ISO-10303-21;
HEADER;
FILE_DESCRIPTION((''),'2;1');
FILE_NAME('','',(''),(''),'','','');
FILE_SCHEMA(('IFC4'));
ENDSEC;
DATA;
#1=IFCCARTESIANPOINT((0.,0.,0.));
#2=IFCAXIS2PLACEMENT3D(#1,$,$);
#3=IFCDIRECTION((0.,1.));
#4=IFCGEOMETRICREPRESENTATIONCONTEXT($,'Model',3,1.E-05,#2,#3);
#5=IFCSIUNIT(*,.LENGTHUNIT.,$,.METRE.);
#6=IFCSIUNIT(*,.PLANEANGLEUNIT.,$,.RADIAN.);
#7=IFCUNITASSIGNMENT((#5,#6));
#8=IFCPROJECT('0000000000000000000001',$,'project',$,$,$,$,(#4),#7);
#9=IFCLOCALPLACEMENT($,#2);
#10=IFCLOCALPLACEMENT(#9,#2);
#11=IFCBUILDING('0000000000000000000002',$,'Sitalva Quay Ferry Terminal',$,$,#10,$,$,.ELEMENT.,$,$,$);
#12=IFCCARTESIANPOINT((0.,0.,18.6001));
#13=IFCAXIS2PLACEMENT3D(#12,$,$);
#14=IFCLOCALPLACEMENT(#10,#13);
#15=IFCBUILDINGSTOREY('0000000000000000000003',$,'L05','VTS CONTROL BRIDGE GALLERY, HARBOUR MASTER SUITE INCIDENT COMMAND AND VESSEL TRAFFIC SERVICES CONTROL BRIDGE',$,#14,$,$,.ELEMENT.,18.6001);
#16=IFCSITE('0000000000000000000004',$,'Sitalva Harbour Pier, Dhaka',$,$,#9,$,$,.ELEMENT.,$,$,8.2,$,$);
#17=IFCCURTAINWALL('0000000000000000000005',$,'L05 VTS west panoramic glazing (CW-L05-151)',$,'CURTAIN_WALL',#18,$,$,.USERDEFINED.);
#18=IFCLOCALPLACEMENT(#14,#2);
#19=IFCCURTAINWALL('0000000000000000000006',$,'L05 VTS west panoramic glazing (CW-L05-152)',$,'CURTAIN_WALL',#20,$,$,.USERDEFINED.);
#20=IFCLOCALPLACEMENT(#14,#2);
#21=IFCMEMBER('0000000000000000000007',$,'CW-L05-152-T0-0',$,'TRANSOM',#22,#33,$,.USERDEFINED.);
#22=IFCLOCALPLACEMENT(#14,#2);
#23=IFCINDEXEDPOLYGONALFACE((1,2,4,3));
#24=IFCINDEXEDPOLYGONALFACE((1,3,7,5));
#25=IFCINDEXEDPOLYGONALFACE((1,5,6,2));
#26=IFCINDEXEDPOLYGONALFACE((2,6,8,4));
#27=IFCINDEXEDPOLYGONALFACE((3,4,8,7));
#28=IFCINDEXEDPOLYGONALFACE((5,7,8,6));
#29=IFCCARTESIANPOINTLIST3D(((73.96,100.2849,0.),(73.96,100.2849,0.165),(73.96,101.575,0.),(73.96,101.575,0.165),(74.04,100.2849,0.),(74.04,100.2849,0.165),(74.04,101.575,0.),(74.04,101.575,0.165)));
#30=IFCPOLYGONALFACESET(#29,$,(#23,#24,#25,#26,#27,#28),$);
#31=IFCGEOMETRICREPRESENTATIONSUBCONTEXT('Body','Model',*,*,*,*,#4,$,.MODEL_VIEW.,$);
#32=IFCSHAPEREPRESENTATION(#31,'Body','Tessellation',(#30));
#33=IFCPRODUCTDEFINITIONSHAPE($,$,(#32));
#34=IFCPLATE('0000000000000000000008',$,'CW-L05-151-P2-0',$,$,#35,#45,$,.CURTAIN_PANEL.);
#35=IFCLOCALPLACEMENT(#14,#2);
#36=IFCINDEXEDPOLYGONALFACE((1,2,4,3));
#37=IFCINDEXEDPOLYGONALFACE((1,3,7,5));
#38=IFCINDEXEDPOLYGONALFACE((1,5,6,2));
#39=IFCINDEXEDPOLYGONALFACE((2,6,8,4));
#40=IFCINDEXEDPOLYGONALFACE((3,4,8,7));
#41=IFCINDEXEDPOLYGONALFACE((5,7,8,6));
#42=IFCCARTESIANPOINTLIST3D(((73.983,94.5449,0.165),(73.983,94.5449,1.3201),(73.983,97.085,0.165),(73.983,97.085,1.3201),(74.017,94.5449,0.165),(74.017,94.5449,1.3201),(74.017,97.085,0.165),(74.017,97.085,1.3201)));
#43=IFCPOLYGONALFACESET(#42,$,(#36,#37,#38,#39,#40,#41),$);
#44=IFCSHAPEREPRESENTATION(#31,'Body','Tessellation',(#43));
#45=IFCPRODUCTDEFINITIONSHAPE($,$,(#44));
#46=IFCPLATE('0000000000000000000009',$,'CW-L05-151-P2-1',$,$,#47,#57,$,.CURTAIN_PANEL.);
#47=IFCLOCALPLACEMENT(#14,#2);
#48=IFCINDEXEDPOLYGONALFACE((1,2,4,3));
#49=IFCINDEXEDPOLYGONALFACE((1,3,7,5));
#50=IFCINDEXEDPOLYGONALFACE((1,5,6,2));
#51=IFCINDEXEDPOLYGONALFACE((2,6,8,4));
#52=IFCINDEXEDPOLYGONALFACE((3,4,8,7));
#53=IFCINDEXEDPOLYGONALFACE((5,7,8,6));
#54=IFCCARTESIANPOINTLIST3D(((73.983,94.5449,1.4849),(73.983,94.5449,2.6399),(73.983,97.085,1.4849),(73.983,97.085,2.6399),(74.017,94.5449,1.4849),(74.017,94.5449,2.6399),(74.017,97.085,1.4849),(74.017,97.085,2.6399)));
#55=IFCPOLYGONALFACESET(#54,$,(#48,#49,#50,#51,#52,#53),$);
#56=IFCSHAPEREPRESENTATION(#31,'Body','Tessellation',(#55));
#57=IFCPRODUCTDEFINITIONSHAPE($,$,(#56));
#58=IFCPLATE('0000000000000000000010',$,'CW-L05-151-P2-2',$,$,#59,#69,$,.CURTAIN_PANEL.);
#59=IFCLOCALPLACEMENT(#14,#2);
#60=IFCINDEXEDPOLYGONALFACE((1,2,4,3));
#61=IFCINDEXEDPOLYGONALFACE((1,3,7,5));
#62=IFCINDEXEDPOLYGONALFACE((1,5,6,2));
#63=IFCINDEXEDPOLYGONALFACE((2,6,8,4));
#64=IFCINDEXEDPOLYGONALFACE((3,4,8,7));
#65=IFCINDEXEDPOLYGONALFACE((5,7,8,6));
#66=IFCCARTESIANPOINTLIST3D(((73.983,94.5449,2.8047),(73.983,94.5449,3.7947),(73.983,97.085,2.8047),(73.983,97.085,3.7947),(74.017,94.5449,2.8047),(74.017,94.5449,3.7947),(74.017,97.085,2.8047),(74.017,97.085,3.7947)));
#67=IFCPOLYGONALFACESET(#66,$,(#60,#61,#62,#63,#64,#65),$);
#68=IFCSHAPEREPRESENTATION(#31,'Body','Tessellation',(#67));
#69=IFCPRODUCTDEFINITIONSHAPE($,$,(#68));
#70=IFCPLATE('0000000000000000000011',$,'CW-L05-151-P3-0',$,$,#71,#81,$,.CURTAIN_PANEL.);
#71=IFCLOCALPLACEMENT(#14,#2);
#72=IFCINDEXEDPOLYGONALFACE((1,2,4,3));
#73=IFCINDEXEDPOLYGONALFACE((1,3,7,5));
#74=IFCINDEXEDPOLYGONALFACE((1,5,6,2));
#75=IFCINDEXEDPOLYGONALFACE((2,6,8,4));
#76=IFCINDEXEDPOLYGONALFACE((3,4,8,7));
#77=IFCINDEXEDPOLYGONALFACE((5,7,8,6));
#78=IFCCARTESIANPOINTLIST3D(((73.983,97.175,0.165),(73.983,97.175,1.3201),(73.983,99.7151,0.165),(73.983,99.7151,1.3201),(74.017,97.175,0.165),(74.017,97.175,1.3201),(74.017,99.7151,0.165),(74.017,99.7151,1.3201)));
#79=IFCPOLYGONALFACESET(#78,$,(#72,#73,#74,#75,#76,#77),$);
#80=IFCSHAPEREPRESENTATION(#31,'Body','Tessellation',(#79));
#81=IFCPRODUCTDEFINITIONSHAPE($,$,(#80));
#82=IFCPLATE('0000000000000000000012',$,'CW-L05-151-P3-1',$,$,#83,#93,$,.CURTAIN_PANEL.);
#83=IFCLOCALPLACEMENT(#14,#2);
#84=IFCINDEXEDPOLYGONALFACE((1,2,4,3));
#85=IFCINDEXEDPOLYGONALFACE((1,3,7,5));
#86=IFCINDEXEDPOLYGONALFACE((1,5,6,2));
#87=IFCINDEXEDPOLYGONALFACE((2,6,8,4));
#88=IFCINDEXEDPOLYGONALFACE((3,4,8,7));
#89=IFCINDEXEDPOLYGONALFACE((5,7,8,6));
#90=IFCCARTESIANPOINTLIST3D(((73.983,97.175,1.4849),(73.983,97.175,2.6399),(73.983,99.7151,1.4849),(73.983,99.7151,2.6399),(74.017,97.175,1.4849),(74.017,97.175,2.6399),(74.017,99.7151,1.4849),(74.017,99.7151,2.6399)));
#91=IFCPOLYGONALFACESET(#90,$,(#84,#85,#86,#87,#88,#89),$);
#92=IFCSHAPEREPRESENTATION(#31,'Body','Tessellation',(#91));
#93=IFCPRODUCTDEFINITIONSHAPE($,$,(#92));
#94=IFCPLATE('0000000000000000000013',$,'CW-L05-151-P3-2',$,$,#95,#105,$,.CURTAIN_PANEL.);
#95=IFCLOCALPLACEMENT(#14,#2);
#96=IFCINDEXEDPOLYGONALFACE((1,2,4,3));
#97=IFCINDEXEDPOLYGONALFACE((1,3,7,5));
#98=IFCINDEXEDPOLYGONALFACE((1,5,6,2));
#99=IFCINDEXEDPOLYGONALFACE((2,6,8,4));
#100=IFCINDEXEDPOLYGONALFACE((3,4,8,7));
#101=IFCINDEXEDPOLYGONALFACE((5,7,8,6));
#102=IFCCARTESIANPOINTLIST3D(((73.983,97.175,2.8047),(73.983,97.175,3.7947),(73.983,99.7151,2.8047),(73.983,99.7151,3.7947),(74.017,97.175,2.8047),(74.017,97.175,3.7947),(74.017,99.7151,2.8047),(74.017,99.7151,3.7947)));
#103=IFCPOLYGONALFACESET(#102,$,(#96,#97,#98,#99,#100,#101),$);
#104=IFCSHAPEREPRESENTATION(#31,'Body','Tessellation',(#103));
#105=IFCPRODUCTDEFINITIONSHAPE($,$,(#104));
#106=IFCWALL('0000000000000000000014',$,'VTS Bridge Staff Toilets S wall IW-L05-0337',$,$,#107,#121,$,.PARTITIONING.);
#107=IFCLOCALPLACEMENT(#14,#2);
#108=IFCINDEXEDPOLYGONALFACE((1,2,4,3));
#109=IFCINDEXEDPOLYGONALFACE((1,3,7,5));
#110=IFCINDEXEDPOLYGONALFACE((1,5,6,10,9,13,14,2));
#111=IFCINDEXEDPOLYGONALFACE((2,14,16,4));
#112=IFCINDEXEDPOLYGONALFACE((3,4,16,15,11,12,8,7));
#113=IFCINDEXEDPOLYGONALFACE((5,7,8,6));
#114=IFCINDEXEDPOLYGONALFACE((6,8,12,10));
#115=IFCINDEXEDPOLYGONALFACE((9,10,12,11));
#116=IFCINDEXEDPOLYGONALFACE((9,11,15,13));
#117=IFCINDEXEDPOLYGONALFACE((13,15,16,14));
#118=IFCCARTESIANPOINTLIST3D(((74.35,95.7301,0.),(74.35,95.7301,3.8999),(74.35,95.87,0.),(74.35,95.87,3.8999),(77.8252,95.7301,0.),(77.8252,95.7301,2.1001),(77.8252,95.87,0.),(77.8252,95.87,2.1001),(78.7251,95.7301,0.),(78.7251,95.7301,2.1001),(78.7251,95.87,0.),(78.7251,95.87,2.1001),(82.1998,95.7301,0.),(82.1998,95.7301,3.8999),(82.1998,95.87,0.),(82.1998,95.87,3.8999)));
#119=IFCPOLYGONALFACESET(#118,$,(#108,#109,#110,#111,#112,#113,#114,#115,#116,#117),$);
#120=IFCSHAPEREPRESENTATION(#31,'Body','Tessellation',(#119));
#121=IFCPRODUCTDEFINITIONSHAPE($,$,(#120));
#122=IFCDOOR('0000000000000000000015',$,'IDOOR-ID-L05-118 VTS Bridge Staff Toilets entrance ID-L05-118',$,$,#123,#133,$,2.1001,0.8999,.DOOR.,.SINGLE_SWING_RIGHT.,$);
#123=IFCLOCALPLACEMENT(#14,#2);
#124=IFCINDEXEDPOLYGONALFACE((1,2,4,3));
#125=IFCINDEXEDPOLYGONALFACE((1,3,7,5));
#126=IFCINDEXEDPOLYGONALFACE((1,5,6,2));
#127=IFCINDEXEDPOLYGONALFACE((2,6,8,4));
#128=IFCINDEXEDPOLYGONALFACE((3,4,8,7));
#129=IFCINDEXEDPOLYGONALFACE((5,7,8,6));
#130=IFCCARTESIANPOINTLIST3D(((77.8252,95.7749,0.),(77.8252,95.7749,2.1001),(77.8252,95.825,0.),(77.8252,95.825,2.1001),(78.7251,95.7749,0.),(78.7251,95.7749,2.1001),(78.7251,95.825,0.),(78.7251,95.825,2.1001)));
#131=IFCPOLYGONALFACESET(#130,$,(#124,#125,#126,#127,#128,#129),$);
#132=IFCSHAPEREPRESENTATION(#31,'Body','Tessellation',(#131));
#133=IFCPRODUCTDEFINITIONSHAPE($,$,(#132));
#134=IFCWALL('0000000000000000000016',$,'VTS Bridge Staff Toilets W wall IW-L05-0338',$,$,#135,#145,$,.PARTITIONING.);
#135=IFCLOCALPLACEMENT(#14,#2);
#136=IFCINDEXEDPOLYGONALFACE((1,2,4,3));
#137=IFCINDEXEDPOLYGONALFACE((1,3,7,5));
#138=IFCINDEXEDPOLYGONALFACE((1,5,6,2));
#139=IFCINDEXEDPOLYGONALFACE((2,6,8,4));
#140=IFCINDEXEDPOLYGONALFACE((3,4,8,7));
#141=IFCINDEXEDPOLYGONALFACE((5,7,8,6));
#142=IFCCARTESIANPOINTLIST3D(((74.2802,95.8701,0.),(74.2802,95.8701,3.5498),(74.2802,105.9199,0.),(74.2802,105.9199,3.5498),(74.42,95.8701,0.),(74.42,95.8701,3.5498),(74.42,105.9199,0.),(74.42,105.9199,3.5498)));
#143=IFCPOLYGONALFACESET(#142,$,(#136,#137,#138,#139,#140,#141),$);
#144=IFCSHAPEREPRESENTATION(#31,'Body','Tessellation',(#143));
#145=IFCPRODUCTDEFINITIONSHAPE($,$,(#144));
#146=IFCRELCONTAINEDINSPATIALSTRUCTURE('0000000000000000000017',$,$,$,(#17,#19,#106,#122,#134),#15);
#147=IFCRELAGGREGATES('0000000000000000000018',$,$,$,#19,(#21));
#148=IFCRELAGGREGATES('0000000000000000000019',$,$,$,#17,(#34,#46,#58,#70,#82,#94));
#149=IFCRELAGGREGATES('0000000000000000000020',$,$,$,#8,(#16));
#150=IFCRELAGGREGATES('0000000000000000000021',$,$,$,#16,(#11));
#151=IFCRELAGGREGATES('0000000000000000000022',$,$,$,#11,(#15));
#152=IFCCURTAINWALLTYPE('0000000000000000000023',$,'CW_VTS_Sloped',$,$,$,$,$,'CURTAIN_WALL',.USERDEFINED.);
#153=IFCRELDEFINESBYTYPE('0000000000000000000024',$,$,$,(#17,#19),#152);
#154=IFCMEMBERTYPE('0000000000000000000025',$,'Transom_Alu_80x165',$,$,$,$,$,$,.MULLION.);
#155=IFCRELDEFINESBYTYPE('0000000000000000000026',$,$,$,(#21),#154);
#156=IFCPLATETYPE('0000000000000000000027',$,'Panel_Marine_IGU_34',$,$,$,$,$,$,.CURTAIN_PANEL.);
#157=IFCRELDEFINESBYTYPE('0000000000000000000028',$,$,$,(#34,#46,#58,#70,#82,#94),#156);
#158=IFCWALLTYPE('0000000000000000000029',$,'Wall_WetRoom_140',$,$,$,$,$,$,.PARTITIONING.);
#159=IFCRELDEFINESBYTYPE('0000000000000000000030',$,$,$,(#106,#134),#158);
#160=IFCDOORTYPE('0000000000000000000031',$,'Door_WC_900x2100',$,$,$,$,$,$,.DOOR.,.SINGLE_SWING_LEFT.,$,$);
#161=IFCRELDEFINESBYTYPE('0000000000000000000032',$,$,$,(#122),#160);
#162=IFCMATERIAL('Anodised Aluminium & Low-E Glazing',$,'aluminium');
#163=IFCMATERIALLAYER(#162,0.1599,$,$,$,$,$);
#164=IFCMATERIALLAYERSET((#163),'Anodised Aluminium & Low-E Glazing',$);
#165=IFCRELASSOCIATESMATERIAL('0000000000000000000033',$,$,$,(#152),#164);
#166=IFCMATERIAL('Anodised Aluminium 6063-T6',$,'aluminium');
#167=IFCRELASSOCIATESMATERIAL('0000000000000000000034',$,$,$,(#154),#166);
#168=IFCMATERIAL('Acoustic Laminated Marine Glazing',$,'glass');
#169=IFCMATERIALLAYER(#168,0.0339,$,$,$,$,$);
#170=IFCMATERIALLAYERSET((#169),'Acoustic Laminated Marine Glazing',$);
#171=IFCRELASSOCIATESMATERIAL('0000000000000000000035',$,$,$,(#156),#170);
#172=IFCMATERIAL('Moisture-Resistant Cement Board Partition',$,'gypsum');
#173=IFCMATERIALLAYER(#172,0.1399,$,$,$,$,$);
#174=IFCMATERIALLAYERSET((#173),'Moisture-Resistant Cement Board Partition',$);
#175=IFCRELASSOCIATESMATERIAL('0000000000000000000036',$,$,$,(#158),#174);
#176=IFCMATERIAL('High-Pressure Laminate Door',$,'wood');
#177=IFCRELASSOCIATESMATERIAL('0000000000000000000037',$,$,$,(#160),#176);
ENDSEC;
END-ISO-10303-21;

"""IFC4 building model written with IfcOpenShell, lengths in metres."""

from ifc_helpers import new_model, si_unit, direction, frame, frame_2d, origin, origin_2d, place, context, subcontext, project, spatial, rectangle, extrude, material, layer, layer_set, material_profile, profile_set, type_object, element, fill, aggregate, save


model = new_model("IFC4")

# Units and contexts
model_context = context("Model", 3, precision=1e-05, world=origin(), true_north=direction((0.0, 1.0)))
body_context = subcontext(model_context, "Body", "Model", "MODEL_VIEW")
ifc_project = project(units=[si_unit("LENGTHUNIT", "METRE"), si_unit("PLANEANGLEUNIT", "RADIAN")], contexts=[model_context])

# Site, building, storey
site_placement = place(None, origin())
site = spatial("IfcSite", under=ifc_project, at=site_placement, Name="Sitalva Harbour Pier, Dhaka", CompositionType="ELEMENT", RefElevation=8.2)
building_placement = place(site_placement, origin())
building = spatial("IfcBuilding", under=site, at=building_placement, Name="Sitalva Quay Ferry Terminal", CompositionType="ELEMENT")
storey_placement = place(building_placement, frame((0.0, 0.0, 18.6001)))
storey = spatial("IfcBuildingStorey", under=building, at=storey_placement, Name="L05", Description="VTS CONTROL BRIDGE GALLERY, HARBOUR MASTER SUITE INCIDENT COMMAND AND VESSEL TRAFFIC SERVICES CONTROL BRIDGE", CompositionType="ELEMENT", Elevation=18.6001)

# Curtain wall
ifc_material_1 = material(Name="Anodised Aluminium & Low-E Glazing", Category="aluminium")
ifc_layer_1 = layer(ifc_material_1, 0.1599)
ifc_layer_set_1 = layer_set([ifc_layer_1], Name="Anodised Aluminium & Low-E Glazing")
curtain_wall_type = type_object("IfcCurtainWallType", Name="CW_VTS_Sloped", ElementType="CURTAIN_WALL", PredefinedType="USERDEFINED", material=ifc_layer_set_1)
curtain_wall_1_placement = place(storey_placement, origin())
curtain_wall_1 = element("IfcCurtainWall", 1, at=curtain_wall_1_placement, inside=storey, type_object=curtain_wall_type, Name="L05 VTS west panoramic glazing (CW-L05-151)", ObjectType="CURTAIN_WALL", PredefinedType="USERDEFINED")

# Curtain wall
curtain_wall_2_placement = place(storey_placement, origin())
curtain_wall_2 = element("IfcCurtainWall", 2, at=curtain_wall_2_placement, inside=storey, type_object=curtain_wall_type, Name="L05 VTS west panoramic glazing (CW-L05-152)", ObjectType="CURTAIN_WALL", PredefinedType="USERDEFINED")

# Member
ifc_material_2 = material(Name="Anodised Aluminium 6063-T6", Category="aluminium")
ifc_material_profile_1 = material_profile(ifc_material_2, rectangle(XDim=0.0801, YDim=0.165, at=origin_2d()), Name="ALU80x165")
ifc_profile_set_1 = profile_set([ifc_material_profile_1], Name="Anodised Aluminium 6063-T6")
member_type_1 = type_object("IfcMemberType", Name="Transom_Alu_80x165", PredefinedType="MULLION", material=ifc_profile_set_1)
member_1_placement = place(storey_placement, frame((74.0, 100.2849, 0.0825), z_axis=(0.0, 1.0, 0.0), x_axis=(-1.0, 0.0, 0.0)))
member_1 = element("IfcMember", 3, at=member_1_placement, type_object=member_type_1, Name="CW-L05-152-T0-0", ObjectType="TRANSOM", PredefinedType="USERDEFINED", context=body_context, shape_type="SweptSolid", body=[
    extrude(rectangle(XDim=0.0801, YDim=0.165, at=origin_2d()), origin(), (0.0, 0.0, 1.0), 1.29),
])
aggregate(curtain_wall_2, [member_1])

# Plates
ifc_material_3 = material(Name="Acoustic Laminated Marine Glazing", Category="glass")
ifc_layer_2 = layer(ifc_material_3, 0.0339)
ifc_layer_set_2 = layer_set([ifc_layer_2], Name="Acoustic Laminated Marine Glazing")
plate_type = type_object("IfcPlateType", Name="Panel_Marine_IGU_34", PredefinedType="CURTAIN_PANEL", material=ifc_layer_set_2)
plate_1_placement = place(storey_placement, frame((74.0, 95.8149, 0.165), z_axis=(0.0, 0.0, 1.0), x_axis=(0.0, 1.0, 0.0)))
plate_1 = element("IfcPlate", 4, at=plate_1_placement, type_object=plate_type, Name="CW-L05-151-P2-0", PredefinedType="CURTAIN_PANEL", context=body_context, shape_type="SweptSolid", body=[
    extrude(rectangle(XDim=2.54, YDim=0.0339, at=origin_2d()), origin(), (0.0, 0.0, 1.0), 1.155),
])
plate_2_placement = place(storey_placement, frame((74.0, 95.8149, 1.4849), z_axis=(0.0, 0.0, 1.0), x_axis=(0.0, 1.0, 0.0)))
plate_2 = element("IfcPlate", 5, at=plate_2_placement, type_object=plate_type, Name="CW-L05-151-P2-1", PredefinedType="CURTAIN_PANEL", context=body_context, shape_type="SweptSolid", body=[
    extrude(rectangle(XDim=2.54, YDim=0.0339, at=origin_2d()), origin(), (0.0, 0.0, 1.0), 1.155),
])
plate_3_placement = place(storey_placement, frame((74.0, 95.8149, 2.8047), z_axis=(0.0, 0.0, 1.0), x_axis=(0.0, 1.0, 0.0)))
plate_3 = element("IfcPlate", 6, at=plate_3_placement, type_object=plate_type, Name="CW-L05-151-P2-2", PredefinedType="CURTAIN_PANEL", context=body_context, shape_type="SweptSolid", body=[
    extrude(rectangle(XDim=2.54, YDim=0.0339, at=origin_2d()), origin(), (0.0, 0.0, 1.0), 0.99),
])
plate_4_placement = place(storey_placement, frame((74.0, 98.4451, 0.165), z_axis=(0.0, 0.0, 1.0), x_axis=(0.0, 1.0, 0.0)))
plate_4 = element("IfcPlate", 7, at=plate_4_placement, type_object=plate_type, Name="CW-L05-151-P3-0", PredefinedType="CURTAIN_PANEL", context=body_context, shape_type="SweptSolid", body=[
    extrude(rectangle(XDim=2.54, YDim=0.0339, at=origin_2d()), origin(), (0.0, 0.0, 1.0), 1.155),
])
plate_5_placement = place(storey_placement, frame((74.0, 98.4451, 1.4849), z_axis=(0.0, 0.0, 1.0), x_axis=(0.0, 1.0, 0.0)))
plate_5 = element("IfcPlate", 8, at=plate_5_placement, type_object=plate_type, Name="CW-L05-151-P3-1", PredefinedType="CURTAIN_PANEL", context=body_context, shape_type="SweptSolid", body=[
    extrude(rectangle(XDim=2.54, YDim=0.0339, at=origin_2d()), origin(), (0.0, 0.0, 1.0), 1.155),
])
plate_6_placement = place(storey_placement, frame((74.0, 98.4451, 2.8047), z_axis=(0.0, 0.0, 1.0), x_axis=(0.0, 1.0, 0.0)))
plate_6 = element("IfcPlate", 9, at=plate_6_placement, type_object=plate_type, Name="CW-L05-151-P3-2", PredefinedType="CURTAIN_PANEL", context=body_context, shape_type="SweptSolid", body=[
    extrude(rectangle(XDim=2.54, YDim=0.0339, at=origin_2d()), origin(), (0.0, 0.0, 1.0), 0.99),
])
aggregate(curtain_wall_1, [plate_1, plate_2, plate_3, plate_4, plate_5, plate_6])

# Wall, opening, door
ifc_material_4 = material(Name="Moisture-Resistant Cement Board Partition", Category="gypsum")
ifc_layer_3 = layer(ifc_material_4, 0.1399)
ifc_layer_set_3 = layer_set([ifc_layer_3], Name="Moisture-Resistant Cement Board Partition")
wall_type = type_object("IfcWallType", Name="Wall_WetRoom_140", PredefinedType="PARTITIONING", material=ifc_layer_set_3)
wall_1_placement = place(storey_placement, frame((74.3501, 95.8, 0.0), z_axis=(0.0, 0.0, 1.0), x_axis=(1.0, 0.0, 0.0)))
wall_1 = element("IfcWall", 10, at=wall_1_placement, inside=storey, type_object=wall_type, Name="VTS Bridge Staff Toilets S wall IW-L05-0337", PredefinedType="PARTITIONING", context=body_context, shape_type="SweptSolid", body=[
    extrude(rectangle(XDim=7.8499, YDim=0.1399, at=frame_2d((3.9248, 0.0))), origin(), (0.0, 0.0, 1.0), 3.8999),
])
opening_placement = place(wall_1_placement, frame((3.4751, 0.0, 0.0)))
opening = element("IfcOpeningElement", 11, at=opening_placement, cuts=wall_1, PredefinedType="OPENING", context=body_context, shape_type="SweptSolid", body=[
    extrude(rectangle(XDim=0.8999, YDim=2.1001, at=frame_2d((0.45, 1.05))), frame((0.0, 0.0798, 0.0), z_axis=(0.0, -1.0, 0.0), x_axis=(1.0, 0.0, 0.0)), (0.0, 0.0, 1.0), 0.1599),
])
ifc_material_5 = material(Name="High-Pressure Laminate Door", Category="wood")
door_type = type_object("IfcDoorType", Name="Door_WC_900x2100", OperationType="SINGLE_SWING_LEFT", PredefinedType="DOOR", material=ifc_material_5)
door_placement = place(opening_placement, origin())
door = element("IfcDoor", 12, at=door_placement, inside=storey, type_object=door_type, Name="IDOOR-ID-L05-118 VTS Bridge Staff Toilets entrance ID-L05-118", OperationType="SINGLE_SWING_RIGHT", OverallHeight=2.1001, OverallWidth=0.8999, PredefinedType="DOOR", context=body_context, shape_type="SweptSolid", body=[
    extrude(rectangle(XDim=0.8999, YDim=2.1001, at=frame_2d((0.45, 1.05))), frame((0.0, 0.0249, 0.0), z_axis=(0.0, -1.0, 0.0), x_axis=(1.0, 0.0, 0.0)), (0.0, 0.0, 1.0), 0.05),
])
fill(opening, door)

# Wall
wall_2_placement = place(storey_placement, frame((74.3501, 95.8701, 0.0), z_axis=(0.0, 0.0, 1.0), x_axis=(0.0, 1.0, 0.0)))
element("IfcWall", 13, at=wall_2_placement, inside=storey, type_object=wall_type, Name="VTS Bridge Staff Toilets W wall IW-L05-0338", PredefinedType="PARTITIONING", context=body_context, shape_type="SweptSolid", body=[
    extrude(rectangle(XDim=10.0498, YDim=0.1399, at=frame_2d((5.0249, 0.0))), origin(), (0.0, 0.0, 1.0), 3.5498),
])

save(model, "model.ifc")
